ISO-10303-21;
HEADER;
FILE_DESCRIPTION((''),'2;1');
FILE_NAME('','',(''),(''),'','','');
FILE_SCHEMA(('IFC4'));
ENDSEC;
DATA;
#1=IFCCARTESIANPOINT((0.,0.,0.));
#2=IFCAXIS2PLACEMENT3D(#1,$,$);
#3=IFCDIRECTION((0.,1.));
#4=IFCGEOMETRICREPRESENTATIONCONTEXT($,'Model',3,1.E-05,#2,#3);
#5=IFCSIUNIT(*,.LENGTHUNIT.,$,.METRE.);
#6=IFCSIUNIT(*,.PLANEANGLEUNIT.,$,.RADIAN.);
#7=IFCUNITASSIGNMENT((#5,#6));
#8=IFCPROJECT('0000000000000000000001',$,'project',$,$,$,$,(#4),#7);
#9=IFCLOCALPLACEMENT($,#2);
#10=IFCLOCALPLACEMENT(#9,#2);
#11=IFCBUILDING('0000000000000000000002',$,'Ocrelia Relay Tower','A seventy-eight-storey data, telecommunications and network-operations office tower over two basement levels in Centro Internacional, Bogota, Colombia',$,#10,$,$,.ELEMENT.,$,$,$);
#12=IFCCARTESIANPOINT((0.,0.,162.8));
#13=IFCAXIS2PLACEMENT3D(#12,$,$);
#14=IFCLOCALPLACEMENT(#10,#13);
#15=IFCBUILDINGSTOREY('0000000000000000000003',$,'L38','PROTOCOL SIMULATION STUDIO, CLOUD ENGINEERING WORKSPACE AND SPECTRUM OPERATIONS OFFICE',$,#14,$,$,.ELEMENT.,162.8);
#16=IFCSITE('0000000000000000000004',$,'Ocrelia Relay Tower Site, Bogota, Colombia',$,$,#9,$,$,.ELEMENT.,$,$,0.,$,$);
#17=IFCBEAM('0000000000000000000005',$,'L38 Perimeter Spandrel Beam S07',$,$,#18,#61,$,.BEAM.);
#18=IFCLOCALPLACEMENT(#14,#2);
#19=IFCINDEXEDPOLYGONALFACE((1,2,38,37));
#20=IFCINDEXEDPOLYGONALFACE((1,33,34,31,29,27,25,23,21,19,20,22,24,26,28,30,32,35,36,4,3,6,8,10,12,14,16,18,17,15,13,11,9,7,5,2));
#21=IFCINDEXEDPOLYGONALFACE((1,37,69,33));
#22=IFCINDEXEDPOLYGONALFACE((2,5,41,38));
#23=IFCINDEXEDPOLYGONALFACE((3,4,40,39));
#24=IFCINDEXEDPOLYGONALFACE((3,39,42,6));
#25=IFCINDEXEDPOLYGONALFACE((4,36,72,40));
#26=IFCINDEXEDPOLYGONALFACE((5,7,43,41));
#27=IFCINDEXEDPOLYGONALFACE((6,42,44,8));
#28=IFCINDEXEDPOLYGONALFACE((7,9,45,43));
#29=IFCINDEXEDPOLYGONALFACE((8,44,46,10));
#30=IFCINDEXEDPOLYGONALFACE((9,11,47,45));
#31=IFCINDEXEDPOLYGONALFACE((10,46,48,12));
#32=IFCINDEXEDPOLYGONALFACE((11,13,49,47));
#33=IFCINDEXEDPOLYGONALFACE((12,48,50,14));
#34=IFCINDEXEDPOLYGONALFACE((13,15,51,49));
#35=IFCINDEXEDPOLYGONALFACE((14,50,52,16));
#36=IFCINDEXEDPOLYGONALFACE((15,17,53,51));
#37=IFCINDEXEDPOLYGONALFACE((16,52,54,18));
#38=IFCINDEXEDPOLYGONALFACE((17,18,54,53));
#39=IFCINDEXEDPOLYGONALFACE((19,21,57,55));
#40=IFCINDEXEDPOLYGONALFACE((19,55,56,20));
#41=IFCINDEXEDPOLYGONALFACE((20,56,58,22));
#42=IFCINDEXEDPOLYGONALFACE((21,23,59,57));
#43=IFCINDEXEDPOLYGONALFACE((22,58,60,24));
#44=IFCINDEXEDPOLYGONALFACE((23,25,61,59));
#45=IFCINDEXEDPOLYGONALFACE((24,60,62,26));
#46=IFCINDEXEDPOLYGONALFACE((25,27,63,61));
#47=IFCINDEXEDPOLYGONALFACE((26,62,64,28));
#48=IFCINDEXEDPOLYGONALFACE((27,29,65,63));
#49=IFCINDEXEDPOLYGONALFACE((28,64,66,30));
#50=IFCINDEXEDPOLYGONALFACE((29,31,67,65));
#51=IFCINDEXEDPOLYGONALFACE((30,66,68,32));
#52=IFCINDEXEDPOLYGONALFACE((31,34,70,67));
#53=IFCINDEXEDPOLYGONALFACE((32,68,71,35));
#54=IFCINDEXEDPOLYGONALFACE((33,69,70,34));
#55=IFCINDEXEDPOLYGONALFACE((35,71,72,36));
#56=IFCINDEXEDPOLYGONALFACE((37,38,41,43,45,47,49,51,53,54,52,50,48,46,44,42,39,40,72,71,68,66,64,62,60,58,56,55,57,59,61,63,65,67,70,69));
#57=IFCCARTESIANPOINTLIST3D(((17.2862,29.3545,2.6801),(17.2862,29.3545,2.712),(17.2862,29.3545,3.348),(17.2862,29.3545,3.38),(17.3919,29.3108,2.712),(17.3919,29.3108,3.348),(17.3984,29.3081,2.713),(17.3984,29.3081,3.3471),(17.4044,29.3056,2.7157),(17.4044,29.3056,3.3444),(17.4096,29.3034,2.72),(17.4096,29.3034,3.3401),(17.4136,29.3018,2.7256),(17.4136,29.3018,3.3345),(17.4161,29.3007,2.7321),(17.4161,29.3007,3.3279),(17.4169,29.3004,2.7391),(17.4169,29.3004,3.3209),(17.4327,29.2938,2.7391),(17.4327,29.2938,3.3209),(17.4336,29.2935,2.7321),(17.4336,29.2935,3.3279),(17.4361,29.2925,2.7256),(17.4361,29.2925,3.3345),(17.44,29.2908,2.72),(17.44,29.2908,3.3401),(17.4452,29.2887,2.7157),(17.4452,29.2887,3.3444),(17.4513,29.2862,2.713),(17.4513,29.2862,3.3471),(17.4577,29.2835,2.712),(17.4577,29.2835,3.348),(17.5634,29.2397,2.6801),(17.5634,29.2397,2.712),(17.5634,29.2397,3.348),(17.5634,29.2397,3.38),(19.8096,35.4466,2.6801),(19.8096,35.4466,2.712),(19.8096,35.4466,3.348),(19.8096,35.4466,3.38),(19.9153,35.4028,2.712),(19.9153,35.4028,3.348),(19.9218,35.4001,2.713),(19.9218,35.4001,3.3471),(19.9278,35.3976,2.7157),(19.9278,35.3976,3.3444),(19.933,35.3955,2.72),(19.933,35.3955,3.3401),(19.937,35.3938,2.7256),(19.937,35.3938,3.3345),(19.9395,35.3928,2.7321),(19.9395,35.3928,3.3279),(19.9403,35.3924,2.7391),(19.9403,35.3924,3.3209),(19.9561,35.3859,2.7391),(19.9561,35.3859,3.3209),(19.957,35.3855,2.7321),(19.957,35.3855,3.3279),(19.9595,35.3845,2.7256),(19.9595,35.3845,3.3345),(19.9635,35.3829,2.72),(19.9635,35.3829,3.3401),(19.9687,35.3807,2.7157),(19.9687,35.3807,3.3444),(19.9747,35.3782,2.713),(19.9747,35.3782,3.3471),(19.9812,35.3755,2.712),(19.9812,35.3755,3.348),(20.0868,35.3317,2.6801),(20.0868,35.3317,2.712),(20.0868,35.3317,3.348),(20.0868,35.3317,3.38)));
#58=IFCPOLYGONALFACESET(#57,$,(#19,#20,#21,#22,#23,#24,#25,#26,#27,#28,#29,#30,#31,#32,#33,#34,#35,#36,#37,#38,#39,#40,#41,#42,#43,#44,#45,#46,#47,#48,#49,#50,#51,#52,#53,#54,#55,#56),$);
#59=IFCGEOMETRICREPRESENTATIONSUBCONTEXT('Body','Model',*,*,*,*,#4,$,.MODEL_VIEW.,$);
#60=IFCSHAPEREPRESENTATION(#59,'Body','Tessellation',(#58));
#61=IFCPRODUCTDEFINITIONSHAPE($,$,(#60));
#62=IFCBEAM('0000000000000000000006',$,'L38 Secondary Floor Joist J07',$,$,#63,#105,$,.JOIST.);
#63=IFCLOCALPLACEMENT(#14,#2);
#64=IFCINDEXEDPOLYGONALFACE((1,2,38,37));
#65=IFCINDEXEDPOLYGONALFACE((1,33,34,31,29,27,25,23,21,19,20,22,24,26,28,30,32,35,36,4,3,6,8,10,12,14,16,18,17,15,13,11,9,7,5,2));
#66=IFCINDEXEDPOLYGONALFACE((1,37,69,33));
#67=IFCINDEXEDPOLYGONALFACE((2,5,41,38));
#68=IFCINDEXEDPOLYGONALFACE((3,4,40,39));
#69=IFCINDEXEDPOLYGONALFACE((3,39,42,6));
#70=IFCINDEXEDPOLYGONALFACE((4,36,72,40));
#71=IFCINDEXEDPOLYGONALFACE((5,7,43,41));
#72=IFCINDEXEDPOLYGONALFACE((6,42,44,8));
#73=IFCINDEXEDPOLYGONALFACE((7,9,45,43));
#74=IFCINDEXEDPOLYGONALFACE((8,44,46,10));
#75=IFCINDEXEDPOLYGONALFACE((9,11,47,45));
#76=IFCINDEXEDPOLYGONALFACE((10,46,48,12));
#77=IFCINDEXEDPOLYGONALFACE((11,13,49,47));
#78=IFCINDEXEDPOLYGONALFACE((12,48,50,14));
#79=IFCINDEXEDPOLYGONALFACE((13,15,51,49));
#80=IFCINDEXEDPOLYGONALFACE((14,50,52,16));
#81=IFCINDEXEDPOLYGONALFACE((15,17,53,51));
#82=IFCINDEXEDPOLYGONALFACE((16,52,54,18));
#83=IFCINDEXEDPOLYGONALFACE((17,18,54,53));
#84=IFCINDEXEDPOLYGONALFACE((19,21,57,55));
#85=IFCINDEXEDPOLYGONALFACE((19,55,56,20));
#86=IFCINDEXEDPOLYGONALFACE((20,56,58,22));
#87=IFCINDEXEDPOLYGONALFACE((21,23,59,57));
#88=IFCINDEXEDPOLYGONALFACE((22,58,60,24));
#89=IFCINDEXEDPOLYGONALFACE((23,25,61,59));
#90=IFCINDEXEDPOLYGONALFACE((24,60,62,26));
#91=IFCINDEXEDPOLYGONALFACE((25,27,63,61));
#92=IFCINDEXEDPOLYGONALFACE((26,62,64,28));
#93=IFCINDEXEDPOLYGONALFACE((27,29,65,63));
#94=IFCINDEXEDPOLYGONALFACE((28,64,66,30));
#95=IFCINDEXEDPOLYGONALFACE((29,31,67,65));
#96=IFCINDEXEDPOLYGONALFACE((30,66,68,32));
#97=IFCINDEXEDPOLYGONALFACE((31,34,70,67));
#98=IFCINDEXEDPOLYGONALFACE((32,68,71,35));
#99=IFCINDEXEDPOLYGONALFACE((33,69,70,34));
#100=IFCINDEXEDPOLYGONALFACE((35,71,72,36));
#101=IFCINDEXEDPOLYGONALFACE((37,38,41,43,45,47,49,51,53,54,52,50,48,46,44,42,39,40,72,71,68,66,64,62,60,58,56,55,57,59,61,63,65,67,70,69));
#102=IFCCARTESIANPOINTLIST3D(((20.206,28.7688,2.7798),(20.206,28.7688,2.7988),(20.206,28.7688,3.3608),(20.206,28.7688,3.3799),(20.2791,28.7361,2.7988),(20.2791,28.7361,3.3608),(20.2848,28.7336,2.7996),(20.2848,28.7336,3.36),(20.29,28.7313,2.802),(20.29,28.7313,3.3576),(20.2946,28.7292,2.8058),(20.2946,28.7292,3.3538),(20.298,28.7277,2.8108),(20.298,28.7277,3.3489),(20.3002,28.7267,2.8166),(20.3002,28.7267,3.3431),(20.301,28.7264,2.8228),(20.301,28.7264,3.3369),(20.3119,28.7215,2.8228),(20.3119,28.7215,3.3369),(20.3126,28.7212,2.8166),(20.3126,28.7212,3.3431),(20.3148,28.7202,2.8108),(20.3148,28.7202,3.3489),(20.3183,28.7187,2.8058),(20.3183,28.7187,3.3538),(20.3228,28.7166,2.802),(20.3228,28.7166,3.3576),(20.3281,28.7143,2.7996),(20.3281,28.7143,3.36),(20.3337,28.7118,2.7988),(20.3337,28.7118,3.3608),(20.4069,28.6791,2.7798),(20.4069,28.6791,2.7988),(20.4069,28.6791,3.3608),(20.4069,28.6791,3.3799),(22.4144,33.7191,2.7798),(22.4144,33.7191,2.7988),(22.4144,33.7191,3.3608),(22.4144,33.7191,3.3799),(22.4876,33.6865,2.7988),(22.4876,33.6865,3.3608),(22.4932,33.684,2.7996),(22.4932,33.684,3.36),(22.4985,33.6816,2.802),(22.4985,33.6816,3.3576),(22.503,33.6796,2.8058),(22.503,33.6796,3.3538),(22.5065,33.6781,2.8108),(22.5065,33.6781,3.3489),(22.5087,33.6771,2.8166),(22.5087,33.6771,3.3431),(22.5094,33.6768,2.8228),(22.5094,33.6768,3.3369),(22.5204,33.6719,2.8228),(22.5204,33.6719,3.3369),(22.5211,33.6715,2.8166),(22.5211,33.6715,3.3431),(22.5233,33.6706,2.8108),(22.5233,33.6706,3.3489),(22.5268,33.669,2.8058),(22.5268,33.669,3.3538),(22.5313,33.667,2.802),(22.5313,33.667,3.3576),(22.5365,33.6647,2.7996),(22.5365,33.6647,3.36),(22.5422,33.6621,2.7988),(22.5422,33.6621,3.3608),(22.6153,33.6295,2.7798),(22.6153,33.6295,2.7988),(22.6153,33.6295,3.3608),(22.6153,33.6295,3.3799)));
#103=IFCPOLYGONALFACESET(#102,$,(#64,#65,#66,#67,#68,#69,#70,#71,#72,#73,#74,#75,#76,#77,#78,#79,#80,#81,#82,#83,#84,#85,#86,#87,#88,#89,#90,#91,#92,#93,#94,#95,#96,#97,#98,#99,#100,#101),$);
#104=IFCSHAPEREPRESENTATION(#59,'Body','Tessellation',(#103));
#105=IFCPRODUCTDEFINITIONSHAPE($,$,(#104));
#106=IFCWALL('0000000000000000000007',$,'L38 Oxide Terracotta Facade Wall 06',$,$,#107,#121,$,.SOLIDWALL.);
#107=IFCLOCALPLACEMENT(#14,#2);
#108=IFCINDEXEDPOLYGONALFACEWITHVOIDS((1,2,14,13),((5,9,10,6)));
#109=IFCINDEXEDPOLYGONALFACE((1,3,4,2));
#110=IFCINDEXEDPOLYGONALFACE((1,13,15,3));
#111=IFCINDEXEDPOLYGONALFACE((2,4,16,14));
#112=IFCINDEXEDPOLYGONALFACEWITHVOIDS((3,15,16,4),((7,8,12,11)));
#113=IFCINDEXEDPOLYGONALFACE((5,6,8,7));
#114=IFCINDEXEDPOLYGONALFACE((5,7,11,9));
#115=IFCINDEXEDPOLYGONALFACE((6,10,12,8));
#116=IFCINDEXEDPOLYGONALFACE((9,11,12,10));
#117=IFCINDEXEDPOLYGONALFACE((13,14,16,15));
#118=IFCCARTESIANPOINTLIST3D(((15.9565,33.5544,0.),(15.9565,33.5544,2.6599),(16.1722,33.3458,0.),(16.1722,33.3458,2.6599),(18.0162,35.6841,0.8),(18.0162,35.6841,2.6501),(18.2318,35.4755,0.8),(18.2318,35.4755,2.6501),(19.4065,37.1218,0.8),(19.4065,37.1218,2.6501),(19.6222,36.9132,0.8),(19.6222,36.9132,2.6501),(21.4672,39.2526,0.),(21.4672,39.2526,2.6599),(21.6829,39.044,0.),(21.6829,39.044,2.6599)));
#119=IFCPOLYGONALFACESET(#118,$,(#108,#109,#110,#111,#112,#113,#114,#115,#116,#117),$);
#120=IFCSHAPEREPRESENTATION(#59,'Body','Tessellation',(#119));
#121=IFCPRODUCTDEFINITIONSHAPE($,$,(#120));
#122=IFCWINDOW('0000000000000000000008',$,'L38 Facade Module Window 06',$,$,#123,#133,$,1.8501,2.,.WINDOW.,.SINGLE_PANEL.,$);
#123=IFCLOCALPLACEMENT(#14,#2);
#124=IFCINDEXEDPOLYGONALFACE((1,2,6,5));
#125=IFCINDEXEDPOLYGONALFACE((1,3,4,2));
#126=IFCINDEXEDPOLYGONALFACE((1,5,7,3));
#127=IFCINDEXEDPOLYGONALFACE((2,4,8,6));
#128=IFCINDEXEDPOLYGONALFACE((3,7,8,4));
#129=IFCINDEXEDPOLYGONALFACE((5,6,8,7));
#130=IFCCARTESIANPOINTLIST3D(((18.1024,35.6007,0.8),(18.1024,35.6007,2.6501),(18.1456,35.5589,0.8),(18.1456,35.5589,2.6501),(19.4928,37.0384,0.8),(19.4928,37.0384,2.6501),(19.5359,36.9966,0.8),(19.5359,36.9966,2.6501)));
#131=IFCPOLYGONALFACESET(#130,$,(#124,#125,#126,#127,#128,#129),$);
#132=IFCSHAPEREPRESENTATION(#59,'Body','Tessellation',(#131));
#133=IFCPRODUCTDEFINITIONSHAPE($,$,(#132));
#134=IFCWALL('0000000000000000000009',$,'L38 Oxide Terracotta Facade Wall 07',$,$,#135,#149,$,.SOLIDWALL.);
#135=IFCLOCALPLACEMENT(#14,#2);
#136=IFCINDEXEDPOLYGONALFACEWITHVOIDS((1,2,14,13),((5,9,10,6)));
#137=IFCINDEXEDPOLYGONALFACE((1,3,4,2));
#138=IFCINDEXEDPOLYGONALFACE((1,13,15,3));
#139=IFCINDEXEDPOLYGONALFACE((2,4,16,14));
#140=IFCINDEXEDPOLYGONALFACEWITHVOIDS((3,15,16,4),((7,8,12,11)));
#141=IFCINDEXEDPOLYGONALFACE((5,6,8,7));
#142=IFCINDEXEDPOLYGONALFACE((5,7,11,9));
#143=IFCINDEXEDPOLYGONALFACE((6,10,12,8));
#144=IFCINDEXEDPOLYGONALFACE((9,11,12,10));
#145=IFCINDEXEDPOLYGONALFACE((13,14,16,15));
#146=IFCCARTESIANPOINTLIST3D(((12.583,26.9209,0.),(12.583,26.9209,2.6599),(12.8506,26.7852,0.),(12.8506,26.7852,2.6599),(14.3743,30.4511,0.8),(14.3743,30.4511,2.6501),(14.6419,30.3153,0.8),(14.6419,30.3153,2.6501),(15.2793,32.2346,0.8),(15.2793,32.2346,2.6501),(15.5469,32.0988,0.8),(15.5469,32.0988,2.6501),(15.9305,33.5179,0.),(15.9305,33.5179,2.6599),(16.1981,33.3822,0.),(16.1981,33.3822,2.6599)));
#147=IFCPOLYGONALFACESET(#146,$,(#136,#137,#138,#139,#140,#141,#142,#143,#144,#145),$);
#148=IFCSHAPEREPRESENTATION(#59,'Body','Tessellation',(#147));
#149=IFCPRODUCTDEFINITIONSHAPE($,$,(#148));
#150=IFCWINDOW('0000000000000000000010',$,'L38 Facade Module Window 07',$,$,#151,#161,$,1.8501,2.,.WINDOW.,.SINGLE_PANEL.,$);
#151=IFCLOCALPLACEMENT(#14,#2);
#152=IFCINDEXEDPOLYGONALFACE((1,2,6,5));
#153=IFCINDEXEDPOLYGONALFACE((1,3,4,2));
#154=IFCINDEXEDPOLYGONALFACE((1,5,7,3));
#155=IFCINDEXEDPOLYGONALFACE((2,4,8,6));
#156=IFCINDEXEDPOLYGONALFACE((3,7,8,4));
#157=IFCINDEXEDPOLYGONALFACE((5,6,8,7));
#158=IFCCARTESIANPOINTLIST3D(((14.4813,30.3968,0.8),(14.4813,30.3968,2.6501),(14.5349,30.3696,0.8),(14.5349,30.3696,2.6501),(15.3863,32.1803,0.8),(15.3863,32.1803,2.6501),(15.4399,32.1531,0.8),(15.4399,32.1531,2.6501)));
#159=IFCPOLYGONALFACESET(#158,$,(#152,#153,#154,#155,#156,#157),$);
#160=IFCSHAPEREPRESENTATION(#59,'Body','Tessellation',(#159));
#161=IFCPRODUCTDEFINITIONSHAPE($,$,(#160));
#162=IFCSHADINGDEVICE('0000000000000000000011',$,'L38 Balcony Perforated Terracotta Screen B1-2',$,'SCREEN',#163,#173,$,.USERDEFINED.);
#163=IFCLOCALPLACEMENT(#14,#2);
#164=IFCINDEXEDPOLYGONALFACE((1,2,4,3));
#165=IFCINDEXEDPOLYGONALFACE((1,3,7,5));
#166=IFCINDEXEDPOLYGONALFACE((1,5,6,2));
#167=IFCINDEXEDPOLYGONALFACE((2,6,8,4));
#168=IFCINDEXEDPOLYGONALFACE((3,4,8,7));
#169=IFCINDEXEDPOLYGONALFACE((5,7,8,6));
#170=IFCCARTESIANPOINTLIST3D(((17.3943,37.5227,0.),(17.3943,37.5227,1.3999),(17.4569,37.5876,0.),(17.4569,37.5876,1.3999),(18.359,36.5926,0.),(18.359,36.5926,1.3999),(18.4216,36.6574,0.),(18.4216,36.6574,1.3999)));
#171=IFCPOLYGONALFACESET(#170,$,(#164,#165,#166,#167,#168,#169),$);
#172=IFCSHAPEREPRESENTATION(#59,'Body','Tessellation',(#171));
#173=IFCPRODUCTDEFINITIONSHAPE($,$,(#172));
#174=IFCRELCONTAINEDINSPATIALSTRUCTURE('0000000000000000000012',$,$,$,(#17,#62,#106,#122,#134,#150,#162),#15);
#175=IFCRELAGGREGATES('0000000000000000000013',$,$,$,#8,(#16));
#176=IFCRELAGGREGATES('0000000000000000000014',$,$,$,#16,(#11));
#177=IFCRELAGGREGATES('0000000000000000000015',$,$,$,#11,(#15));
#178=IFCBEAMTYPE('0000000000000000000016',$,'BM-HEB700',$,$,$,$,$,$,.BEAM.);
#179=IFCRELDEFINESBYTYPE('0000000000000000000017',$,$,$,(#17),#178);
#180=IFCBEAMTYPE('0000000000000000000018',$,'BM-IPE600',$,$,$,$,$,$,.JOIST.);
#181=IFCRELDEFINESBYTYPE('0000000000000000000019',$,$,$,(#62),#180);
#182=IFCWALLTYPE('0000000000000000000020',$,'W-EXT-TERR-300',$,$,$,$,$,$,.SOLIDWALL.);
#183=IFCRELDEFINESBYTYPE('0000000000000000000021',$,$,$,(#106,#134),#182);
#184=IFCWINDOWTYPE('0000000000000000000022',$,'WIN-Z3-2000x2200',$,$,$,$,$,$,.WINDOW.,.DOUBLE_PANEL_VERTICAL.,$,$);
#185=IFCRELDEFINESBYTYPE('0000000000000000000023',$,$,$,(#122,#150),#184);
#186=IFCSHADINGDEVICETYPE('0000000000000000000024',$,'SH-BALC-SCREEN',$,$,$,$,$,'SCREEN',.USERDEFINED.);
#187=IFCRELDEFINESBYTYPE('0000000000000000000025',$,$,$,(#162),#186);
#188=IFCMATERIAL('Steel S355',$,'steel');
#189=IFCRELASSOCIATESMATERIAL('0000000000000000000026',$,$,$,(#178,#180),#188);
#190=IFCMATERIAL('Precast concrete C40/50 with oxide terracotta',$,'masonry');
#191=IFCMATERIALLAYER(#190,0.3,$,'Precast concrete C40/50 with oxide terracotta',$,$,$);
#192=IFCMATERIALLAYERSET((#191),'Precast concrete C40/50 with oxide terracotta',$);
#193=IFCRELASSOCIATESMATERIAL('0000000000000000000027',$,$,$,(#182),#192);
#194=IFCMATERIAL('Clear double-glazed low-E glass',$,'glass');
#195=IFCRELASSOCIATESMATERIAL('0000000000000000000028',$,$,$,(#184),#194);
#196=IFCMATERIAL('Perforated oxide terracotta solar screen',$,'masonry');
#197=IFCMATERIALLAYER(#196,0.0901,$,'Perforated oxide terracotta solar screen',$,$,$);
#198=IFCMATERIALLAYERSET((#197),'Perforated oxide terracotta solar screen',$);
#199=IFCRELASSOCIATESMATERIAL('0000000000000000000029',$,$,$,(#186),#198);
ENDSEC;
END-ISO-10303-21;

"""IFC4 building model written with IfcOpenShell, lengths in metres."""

from ifc_helpers import new_model, si_unit, direction, frame, frame_2d, origin, origin_2d, place, context, subcontext, project, spatial, rectangle, i_section, extrude, material, layer, layer_set, material_profile, profile_set, type_object, element, fill, save


model = new_model("IFC4")

# Units and contexts
model_context = context("Model", 3, precision=1e-05, world=origin(), true_north=direction((0.0, 1.0)))
body_context = subcontext(model_context, "Body", "Model", "MODEL_VIEW")
ifc_project = project(units=[si_unit("LENGTHUNIT", "METRE"), si_unit("PLANEANGLEUNIT", "RADIAN")], contexts=[model_context])

# Site, building, storey
site_placement = place(None, origin())
site = spatial("IfcSite", under=ifc_project, at=site_placement, Name="Ocrelia Relay Tower Site, Bogota, Colombia", CompositionType="ELEMENT", RefElevation=0.0)
building_placement = place(site_placement, origin())
building = spatial("IfcBuilding", under=site, at=building_placement, Name="Ocrelia Relay Tower", Description="A seventy-eight-storey data, telecommunications and network-operations office tower over two basement levels in Centro Internacional, Bogota, Colombia", CompositionType="ELEMENT")
storey_placement = place(building_placement, frame((0.0, 0.0, 162.8)))
storey = spatial("IfcBuildingStorey", under=building, at=storey_placement, Name="L38", Description="PROTOCOL SIMULATION STUDIO, CLOUD ENGINEERING WORKSPACE AND SPECTRUM OPERATIONS OFFICE", CompositionType="ELEMENT", Elevation=162.8)

# Beams
ifc_material_1 = material(Name="Steel S355", Category="steel")
ifc_material_profile_1 = material_profile(ifc_material_1, i_section(OverallWidth=0.3, OverallDepth=0.7, WebThickness=0.0171, FlangeThickness=0.032, FilletRadius=0.0271, at=origin_2d()), Name="HEB 700")
ifc_profile_set_1 = profile_set([ifc_material_profile_1], Name="Steel S355")
beam_type_1 = type_object("IfcBeamType", Name="BM-HEB700", PredefinedType="BEAM", material=ifc_profile_set_1)
beam_1_placement = place(storey_placement, frame((19.9482, 35.3892, 3.03), z_axis=(-0.382688, -0.923878, 0.0), x_axis=(0.923878, -0.382688, 0.0)))
element("IfcBeam", 1, at=beam_1_placement, inside=storey, type_object=beam_type_1, Name="L38 Perimeter Spandrel Beam S07", PredefinedType="BEAM", context=body_context, shape_type="SweptSolid", body=[
    extrude(i_section(OverallWidth=0.3, OverallDepth=0.7, WebThickness=0.0171, FlangeThickness=0.032, FilletRadius=0.0271, at=origin_2d()), origin(), (0.0, 0.0, 1.0), 6.594),
])
ifc_material_profile_2 = material_profile(ifc_material_1, i_section(OverallWidth=0.22, OverallDepth=0.6001, WebThickness=0.012, FlangeThickness=0.019, FilletRadius=0.0239, at=origin_2d()), Name="IPE 600")
ifc_profile_set_2 = profile_set([ifc_material_profile_2], Name="Steel S355")
beam_type_2 = type_object("IfcBeamType", Name="BM-IPE600", PredefinedType="JOIST", material=ifc_profile_set_2)
beam_2_placement = place(storey_placement, frame((22.5149, 33.6743, 3.0798), z_axis=(-0.407417, -0.913242, 0.0), x_axis=(0.913242, -0.407417, 0.0)))
element("IfcBeam", 2, at=beam_2_placement, inside=storey, type_object=beam_type_2, Name="L38 Secondary Floor Joist J07", PredefinedType="JOIST", context=body_context, shape_type="SweptSolid", body=[
    extrude(i_section(OverallWidth=0.22, OverallDepth=0.6001, WebThickness=0.012, FlangeThickness=0.019, FilletRadius=0.0239, at=origin_2d()), origin(), (0.0, 0.0, 1.0), 5.4207),
])

# Walls, openings, windows
ifc_material_2 = material(Name="Precast concrete C40/50 with oxide terracotta", Category="masonry")
ifc_layer_1 = layer(ifc_material_2, 0.3, Name="Precast concrete C40/50 with oxide terracotta")
ifc_layer_set_1 = layer_set([ifc_layer_1], Name="Precast concrete C40/50 with oxide terracotta")
wall_type_1 = type_object("IfcWallType", Name="W-EXT-TERR-300", PredefinedType="SOLIDWALL", material=ifc_layer_set_1)
wall_1_placement = place(storey_placement, frame((21.575, 39.1482, 0.0), z_axis=(0.0, 0.0, 1.0), x_axis=(-0.695181, -0.718834, 0.0)))
wall_1 = element("IfcWall", 3, at=wall_1_placement, inside=storey, type_object=wall_type_1, Name="L38 Oxide Terracotta Facade Wall 06", PredefinedType="SOLIDWALL", context=body_context, shape_type="SweptSolid", body=[
    extrude(rectangle(XDim=7.927, YDim=0.3, at=frame_2d((3.9634, 0.0))), origin(), (0.0, 0.0, 1.0), 2.6599),
])
opening_1_placement = place(wall_1_placement, frame((2.9641, 0.0, 0.8)))
opening_1 = element("IfcOpeningElement", 4, at=opening_1_placement, cuts=wall_1, PredefinedType="OPENING", context=body_context, shape_type="SweptSolid", body=[
    extrude(rectangle(XDim=2.0, YDim=1.8501, at=frame_2d((1.0, 0.925))), frame((0.0, 0.1602, 0.0), z_axis=(0.0, -1.0, 0.0), x_axis=(1.0, 0.0, 0.0)), (0.0, 0.0, 1.0), 0.3201),
])
ifc_material_3 = material(Name="Clear double-glazed low-E glass", Category="glass")
window_type = type_object("IfcWindowType", Name="WIN-Z3-2000x2200", PartitioningType="DOUBLE_PANEL_VERTICAL", PredefinedType="WINDOW", material=ifc_material_3)
window_1_placement = place(opening_1_placement, origin())
window_1 = element("IfcWindow", 5, at=window_1_placement, inside=storey, type_object=window_type, Name="L38 Facade Module Window 06", OverallHeight=1.8501, OverallWidth=2.0, PartitioningType="SINGLE_PANEL", PredefinedType="WINDOW", context=body_context, shape_type="SweptSolid", body=[
    extrude(rectangle(XDim=2.0, YDim=1.8501, at=frame_2d((1.0, 0.925))), frame((0.0, 0.03, 0.0), z_axis=(0.0, -1.0, 0.0), x_axis=(1.0, 0.0, 0.0)), (0.0, 0.0, 1.0), 0.0601),
])
fill(opening_1, window_1)
wall_2_placement = place(storey_placement, frame((16.0642, 33.45, 0.0), z_axis=(0.0, 0.0, 1.0), x_axis=(-0.452499, -0.891765, 0.0)))
wall_2 = element("IfcWall", 6, at=wall_2_placement, inside=storey, type_object=wall_type_1, Name="L38 Oxide Terracotta Facade Wall 07", PredefinedType="SOLIDWALL", context=body_context, shape_type="SweptSolid", body=[
    extrude(rectangle(XDim=7.3977, YDim=0.3, at=frame_2d((3.6987, 0.0))), origin(), (0.0, 0.0, 1.0), 2.6599),
])
opening_2_placement = place(wall_2_placement, frame((1.439, 0.0, 0.8)))
opening_2 = element("IfcOpeningElement", 7, at=opening_2_placement, cuts=wall_2, PredefinedType="OPENING", context=body_context, shape_type="SweptSolid", body=[
    extrude(rectangle(XDim=2.0, YDim=1.8501, at=frame_2d((1.0, 0.925))), frame((0.0, 0.1602, 0.0), z_axis=(0.0, -1.0, 0.0), x_axis=(1.0, 0.0, 0.0)), (0.0, 0.0, 1.0), 0.3201),
])
window_2_placement = place(opening_2_placement, origin())
window_2 = element("IfcWindow", 8, at=window_2_placement, inside=storey, type_object=window_type, Name="L38 Facade Module Window 07", OverallHeight=1.8501, OverallWidth=2.0, PartitioningType="SINGLE_PANEL", PredefinedType="WINDOW", context=body_context, shape_type="SweptSolid", body=[
    extrude(rectangle(XDim=2.0, YDim=1.8501, at=frame_2d((1.0, 0.925))), frame((0.0, 0.03, 0.0), z_axis=(0.0, -1.0, 0.0), x_axis=(1.0, 0.0, 0.0)), (0.0, 0.0, 1.0), 0.0601),
])
fill(opening_2, window_2)

# Shading device
ifc_material_4 = material(Name="Perforated oxide terracotta solar screen", Category="masonry")
ifc_layer_2 = layer(ifc_material_4, 0.0901, Name="Perforated oxide terracotta solar screen")
ifc_layer_set_2 = layer_set([ifc_layer_2], Name="Perforated oxide terracotta solar screen")
shading_device_type_1 = type_object("IfcShadingDeviceType", Name="SH-BALC-SCREEN", ElementType="SCREEN", PredefinedType="USERDEFINED", material=ifc_layer_set_2)
shading_device_1_placement = place(storey_placement, frame((17.908, 37.0901, 0.0), z_axis=(0.0, 0.0, 1.0), x_axis=(-0.719871, 0.694108, 0.0)))
element("IfcShadingDevice", 9, at=shading_device_1_placement, inside=storey, type_object=shading_device_type_1, Name="L38 Balcony Perforated Terracotta Screen B1-2", ObjectType="SCREEN", PredefinedType="USERDEFINED", context=body_context, shape_type="SweptSolid", body=[
    extrude(rectangle(XDim=1.3401, YDim=0.0901, at=origin_2d()), origin(), (0.0, 0.0, 1.0), 1.3999),
])

save(model, "model.ifc")
